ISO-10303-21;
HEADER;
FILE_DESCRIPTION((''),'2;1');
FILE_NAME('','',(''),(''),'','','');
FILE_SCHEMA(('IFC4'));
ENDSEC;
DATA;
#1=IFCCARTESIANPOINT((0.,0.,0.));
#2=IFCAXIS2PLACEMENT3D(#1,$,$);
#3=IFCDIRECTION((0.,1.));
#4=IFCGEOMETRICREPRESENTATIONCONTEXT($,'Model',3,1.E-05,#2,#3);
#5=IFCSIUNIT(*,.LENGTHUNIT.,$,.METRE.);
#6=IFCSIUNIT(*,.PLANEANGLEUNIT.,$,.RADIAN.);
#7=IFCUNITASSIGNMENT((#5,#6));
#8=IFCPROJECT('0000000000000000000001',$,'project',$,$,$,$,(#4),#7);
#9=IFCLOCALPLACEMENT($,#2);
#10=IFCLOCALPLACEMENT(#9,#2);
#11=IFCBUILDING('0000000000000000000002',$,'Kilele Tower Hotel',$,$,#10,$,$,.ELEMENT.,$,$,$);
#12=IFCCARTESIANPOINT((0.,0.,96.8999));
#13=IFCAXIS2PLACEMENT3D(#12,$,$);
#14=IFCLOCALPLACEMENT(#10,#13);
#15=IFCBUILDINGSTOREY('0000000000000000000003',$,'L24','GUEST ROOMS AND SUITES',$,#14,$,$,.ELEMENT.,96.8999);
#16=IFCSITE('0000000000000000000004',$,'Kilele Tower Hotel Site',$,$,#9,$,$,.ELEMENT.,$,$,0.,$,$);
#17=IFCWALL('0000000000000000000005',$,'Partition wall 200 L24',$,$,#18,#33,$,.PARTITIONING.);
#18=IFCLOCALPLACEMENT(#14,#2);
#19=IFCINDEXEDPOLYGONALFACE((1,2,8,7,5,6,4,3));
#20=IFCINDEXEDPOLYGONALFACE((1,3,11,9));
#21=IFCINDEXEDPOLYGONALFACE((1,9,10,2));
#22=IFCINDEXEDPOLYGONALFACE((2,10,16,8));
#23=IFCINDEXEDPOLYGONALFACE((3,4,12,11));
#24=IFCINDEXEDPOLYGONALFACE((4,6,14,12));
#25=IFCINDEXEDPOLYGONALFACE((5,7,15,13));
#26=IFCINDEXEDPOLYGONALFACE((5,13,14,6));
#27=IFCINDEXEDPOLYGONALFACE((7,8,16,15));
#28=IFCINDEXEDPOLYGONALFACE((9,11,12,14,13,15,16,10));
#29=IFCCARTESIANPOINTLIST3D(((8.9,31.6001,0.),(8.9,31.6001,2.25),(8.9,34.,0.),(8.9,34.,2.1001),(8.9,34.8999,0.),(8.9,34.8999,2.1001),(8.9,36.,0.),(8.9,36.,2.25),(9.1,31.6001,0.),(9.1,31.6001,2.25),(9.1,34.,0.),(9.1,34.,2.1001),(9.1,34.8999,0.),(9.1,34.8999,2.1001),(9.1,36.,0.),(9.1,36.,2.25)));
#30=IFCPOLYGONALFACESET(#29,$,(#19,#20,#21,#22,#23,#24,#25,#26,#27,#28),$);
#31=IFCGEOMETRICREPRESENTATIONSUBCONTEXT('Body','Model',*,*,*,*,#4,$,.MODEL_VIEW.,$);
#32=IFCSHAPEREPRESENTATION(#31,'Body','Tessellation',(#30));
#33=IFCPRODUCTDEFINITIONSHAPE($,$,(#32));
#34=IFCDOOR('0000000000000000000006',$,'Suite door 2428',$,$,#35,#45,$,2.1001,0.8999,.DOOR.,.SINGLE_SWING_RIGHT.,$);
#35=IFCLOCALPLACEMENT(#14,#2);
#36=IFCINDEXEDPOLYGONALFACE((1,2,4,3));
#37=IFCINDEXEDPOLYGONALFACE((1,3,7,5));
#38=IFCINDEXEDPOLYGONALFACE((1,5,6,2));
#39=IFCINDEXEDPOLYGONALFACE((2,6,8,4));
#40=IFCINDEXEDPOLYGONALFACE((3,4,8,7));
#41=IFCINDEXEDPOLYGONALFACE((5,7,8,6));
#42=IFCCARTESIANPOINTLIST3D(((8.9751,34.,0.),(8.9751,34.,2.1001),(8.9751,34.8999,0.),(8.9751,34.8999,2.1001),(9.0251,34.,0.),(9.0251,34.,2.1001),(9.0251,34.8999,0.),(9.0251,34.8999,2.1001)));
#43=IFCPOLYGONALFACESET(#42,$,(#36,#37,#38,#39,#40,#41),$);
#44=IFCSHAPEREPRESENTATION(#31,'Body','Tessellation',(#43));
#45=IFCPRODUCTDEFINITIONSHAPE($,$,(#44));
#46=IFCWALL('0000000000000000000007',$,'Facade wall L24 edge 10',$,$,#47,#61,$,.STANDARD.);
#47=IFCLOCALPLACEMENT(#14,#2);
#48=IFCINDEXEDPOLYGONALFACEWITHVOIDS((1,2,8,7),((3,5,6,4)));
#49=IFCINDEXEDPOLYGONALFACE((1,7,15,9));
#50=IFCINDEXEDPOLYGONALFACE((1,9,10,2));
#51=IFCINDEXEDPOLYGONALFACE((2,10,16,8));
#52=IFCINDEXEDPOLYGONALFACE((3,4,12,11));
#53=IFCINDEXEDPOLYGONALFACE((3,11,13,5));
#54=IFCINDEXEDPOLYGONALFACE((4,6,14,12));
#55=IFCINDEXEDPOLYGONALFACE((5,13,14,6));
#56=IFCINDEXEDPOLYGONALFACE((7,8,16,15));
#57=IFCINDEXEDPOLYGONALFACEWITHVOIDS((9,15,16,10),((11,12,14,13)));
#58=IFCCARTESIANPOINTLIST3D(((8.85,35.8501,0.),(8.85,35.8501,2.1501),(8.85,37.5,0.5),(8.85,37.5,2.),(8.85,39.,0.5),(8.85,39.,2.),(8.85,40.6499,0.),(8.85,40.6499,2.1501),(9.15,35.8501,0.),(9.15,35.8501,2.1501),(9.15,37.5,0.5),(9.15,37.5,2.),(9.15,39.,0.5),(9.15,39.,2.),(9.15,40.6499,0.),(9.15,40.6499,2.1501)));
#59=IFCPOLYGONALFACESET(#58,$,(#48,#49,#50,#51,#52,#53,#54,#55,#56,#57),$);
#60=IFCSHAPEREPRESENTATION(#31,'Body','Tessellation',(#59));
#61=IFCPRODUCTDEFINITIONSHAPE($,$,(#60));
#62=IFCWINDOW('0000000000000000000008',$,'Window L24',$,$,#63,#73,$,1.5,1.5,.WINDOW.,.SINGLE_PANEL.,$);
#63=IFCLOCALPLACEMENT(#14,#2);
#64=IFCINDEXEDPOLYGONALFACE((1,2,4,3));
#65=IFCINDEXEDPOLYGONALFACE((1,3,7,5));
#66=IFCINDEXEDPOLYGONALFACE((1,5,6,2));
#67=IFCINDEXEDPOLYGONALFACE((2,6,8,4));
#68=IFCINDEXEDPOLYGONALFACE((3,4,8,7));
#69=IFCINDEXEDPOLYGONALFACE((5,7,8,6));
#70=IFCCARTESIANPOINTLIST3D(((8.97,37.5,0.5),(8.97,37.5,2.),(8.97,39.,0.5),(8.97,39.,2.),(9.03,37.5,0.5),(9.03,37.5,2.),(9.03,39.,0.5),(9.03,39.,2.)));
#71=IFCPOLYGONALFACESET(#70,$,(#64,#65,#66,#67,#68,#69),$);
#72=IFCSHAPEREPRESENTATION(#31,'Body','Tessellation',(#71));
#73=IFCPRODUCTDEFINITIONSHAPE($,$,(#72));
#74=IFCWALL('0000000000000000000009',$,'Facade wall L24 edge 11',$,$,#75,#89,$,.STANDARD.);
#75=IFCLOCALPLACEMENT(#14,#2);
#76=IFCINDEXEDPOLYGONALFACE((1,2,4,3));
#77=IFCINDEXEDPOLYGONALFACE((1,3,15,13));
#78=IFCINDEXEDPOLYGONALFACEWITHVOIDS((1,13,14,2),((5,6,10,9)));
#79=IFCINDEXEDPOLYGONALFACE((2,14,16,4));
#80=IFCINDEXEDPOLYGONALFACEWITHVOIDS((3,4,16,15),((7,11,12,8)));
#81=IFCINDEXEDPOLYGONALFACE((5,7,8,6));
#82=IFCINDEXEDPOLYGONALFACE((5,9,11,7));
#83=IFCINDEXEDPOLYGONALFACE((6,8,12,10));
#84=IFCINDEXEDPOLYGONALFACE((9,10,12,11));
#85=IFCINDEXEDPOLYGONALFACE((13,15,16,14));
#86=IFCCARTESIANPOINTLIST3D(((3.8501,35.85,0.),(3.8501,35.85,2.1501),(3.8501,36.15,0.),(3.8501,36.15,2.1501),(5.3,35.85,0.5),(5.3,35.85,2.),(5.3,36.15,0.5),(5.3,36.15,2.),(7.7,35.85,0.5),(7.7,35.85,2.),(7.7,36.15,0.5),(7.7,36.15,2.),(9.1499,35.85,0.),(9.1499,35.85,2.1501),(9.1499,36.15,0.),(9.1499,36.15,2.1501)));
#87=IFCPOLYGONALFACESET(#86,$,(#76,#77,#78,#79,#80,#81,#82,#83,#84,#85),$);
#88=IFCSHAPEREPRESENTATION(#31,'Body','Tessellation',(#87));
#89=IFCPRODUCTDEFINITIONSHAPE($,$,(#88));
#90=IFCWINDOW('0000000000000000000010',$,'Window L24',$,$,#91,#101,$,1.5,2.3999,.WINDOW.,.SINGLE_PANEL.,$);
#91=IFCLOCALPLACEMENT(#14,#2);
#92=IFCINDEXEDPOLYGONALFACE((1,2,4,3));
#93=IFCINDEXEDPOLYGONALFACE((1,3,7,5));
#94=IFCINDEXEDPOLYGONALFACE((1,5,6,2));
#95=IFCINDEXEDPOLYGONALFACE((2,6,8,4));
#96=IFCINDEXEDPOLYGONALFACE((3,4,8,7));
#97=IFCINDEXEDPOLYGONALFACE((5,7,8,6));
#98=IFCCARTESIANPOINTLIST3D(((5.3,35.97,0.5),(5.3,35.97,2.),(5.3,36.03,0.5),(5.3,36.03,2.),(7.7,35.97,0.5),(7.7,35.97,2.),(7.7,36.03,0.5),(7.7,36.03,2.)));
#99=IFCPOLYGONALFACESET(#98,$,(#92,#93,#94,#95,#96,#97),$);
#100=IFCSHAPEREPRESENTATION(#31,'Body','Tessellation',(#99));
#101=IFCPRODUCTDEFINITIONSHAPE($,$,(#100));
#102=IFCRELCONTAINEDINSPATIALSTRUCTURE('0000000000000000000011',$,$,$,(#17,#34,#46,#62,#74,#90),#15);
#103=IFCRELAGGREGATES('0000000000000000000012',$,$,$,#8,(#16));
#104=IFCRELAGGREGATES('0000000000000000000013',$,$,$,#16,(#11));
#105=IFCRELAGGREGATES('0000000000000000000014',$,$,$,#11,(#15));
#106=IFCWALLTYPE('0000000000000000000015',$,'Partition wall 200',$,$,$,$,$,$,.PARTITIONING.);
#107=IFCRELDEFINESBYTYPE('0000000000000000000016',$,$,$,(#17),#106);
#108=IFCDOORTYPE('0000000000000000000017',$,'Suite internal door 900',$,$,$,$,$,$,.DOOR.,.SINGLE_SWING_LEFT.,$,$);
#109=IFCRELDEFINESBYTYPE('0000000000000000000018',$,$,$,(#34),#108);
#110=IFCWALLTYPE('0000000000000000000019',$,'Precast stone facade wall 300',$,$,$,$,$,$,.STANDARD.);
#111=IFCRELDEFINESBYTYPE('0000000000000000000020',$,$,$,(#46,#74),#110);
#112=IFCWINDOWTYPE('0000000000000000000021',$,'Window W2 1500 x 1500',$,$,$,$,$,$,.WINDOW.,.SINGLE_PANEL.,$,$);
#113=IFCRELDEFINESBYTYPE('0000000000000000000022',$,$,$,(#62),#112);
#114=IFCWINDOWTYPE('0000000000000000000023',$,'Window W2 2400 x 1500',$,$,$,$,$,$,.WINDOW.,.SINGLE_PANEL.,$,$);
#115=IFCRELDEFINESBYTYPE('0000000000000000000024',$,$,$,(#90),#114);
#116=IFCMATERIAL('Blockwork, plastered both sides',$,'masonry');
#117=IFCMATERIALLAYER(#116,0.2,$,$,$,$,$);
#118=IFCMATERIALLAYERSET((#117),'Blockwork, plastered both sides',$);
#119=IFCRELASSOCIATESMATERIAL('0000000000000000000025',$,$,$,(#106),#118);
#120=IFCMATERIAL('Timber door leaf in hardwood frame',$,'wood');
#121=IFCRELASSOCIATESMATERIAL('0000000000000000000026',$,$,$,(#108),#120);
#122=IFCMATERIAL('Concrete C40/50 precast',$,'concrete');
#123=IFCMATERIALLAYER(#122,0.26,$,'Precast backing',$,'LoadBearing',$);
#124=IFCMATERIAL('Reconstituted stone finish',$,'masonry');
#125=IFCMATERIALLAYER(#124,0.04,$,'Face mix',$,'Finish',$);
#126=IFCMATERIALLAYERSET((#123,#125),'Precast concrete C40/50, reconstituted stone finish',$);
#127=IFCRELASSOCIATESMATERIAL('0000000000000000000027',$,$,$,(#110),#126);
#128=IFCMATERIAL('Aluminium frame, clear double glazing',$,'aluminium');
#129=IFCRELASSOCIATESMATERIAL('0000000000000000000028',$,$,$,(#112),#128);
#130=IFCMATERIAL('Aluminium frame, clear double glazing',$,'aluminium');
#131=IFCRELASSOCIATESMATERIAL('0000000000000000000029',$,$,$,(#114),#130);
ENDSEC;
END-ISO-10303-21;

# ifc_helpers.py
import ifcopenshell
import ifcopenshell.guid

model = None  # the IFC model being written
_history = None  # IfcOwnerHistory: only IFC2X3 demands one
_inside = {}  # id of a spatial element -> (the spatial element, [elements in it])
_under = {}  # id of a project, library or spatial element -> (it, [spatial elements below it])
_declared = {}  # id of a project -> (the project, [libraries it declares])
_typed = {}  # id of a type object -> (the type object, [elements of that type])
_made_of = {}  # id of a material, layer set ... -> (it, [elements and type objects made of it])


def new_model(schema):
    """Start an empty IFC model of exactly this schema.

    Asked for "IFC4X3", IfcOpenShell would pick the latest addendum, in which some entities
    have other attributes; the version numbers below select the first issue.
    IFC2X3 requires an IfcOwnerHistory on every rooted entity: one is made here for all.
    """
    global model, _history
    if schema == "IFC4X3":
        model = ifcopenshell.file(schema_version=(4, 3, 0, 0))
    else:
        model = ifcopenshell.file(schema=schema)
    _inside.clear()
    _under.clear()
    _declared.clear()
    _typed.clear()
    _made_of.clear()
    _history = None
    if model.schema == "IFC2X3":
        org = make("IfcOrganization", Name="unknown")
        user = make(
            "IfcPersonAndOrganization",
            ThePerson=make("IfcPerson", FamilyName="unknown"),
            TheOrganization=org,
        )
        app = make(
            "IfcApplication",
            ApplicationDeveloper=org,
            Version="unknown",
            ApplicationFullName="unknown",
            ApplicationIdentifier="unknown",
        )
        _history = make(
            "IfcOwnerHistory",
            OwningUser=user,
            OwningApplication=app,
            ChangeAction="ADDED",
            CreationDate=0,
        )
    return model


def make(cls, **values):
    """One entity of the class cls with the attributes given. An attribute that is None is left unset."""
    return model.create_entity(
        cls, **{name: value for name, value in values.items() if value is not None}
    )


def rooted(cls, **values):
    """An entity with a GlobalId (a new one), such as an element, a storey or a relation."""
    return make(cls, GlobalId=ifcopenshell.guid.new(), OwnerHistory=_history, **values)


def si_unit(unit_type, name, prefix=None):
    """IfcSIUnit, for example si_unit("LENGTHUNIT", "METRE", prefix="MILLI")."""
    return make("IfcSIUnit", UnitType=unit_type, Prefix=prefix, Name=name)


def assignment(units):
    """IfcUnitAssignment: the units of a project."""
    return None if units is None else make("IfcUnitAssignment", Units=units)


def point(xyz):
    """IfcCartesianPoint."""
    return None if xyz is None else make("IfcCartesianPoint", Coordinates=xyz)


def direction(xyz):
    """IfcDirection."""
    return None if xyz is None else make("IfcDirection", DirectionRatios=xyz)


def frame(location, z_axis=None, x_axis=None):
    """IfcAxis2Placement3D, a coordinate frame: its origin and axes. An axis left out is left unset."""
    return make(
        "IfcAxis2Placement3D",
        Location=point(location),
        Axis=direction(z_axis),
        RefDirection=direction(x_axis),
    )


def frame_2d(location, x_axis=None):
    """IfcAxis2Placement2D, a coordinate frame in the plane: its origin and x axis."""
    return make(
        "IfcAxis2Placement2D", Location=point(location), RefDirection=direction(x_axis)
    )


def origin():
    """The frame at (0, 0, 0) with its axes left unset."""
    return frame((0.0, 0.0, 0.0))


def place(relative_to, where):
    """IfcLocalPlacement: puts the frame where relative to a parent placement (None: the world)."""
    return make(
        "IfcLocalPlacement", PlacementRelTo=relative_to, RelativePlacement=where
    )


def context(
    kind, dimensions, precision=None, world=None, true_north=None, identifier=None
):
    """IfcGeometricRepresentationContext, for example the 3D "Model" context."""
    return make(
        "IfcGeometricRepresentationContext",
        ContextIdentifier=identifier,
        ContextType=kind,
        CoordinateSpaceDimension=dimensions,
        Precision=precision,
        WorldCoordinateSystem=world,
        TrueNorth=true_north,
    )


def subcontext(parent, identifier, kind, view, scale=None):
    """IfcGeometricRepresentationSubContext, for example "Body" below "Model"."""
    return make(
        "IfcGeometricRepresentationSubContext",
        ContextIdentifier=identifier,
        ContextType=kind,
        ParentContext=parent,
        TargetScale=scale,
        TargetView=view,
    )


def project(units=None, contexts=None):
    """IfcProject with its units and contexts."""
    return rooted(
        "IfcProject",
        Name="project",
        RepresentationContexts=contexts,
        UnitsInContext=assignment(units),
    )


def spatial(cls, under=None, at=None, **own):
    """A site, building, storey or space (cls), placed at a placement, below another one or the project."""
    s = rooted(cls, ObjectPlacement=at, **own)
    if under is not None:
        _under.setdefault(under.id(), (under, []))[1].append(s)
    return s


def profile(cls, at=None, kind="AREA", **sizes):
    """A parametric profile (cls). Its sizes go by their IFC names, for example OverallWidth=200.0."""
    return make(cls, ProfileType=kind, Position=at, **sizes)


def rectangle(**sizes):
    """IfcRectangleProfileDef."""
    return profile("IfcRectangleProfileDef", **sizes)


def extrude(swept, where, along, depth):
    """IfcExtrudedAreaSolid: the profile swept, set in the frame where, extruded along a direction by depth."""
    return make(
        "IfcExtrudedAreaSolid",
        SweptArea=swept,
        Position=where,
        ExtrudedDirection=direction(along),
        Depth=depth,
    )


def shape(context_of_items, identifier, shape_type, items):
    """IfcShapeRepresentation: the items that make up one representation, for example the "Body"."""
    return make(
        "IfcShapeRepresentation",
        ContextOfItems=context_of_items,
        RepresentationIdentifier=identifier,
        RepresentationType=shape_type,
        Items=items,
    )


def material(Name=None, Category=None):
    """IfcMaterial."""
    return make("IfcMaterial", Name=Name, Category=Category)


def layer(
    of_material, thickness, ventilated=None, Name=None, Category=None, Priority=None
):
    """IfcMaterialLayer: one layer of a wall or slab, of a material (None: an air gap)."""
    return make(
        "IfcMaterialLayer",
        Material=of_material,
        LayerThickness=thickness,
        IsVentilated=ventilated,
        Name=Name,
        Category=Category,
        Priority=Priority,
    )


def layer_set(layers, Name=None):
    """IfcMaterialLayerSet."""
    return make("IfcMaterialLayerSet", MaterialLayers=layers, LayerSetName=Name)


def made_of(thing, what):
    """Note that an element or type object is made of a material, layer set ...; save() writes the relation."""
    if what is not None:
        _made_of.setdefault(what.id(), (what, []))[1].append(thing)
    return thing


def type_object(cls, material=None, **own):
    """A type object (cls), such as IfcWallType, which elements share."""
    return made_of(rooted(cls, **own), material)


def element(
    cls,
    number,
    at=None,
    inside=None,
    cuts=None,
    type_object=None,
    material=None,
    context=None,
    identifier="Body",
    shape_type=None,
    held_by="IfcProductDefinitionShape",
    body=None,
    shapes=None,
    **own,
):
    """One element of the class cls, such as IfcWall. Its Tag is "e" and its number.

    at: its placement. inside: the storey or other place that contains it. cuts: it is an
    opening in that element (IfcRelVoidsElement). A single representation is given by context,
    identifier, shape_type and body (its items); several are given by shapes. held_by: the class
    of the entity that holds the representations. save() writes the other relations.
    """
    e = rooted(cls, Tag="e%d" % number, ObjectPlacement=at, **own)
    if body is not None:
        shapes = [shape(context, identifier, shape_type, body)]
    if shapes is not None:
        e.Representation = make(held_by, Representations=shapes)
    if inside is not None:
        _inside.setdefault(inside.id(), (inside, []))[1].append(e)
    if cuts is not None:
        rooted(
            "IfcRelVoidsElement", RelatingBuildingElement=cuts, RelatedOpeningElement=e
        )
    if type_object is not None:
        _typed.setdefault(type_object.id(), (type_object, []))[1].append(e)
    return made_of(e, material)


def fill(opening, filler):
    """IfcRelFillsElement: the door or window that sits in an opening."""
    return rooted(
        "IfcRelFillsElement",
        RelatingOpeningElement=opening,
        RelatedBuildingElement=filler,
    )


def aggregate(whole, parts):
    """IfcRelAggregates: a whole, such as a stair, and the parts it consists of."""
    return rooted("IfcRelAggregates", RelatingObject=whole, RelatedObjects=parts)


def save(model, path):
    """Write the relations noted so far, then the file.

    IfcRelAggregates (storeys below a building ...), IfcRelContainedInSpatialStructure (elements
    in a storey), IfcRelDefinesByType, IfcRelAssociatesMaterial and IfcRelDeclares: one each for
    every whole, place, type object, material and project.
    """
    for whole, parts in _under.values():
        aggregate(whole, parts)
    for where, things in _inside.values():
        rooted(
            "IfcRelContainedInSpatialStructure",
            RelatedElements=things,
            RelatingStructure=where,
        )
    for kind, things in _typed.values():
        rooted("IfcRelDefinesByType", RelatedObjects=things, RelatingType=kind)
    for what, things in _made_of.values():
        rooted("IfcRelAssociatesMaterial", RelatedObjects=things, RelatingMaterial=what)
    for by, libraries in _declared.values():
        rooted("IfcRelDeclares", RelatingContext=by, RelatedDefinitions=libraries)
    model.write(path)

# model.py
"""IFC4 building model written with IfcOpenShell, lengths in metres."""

from ifc_helpers import new_model, si_unit, direction, frame, frame_2d, origin, place, context, subcontext, project, spatial, rectangle, extrude, material, layer, layer_set, type_object, element, fill, save


model = new_model("IFC4")

# Units and contexts
model_context = context("Model", 3, precision=1e-05, world=origin(), true_north=direction((0.0, 1.0)))
body_context = subcontext(model_context, "Body", "Model", "MODEL_VIEW")
ifc_project = project(units=[si_unit("LENGTHUNIT", "METRE"), si_unit("PLANEANGLEUNIT", "RADIAN")], contexts=[model_context])

# Site, building, storey
site_placement = place(None, origin())
site = spatial("IfcSite", under=ifc_project, at=site_placement, Name="Kilele Tower Hotel Site", CompositionType="ELEMENT", RefElevation=0.0)
building_placement = place(site_placement, origin())
building = spatial("IfcBuilding", under=site, at=building_placement, Name="Kilele Tower Hotel", CompositionType="ELEMENT")
storey_placement = place(building_placement, frame((0.0, 0.0, 96.8999)))
storey = spatial("IfcBuildingStorey", under=building, at=storey_placement, Name="L24", Description="GUEST ROOMS AND SUITES", CompositionType="ELEMENT", Elevation=96.8999)

# Wall, opening, door
ifc_material_1 = material(Name="Blockwork, plastered both sides", Category="masonry")
ifc_layer_1 = layer(ifc_material_1, 0.2)
ifc_layer_set_1 = layer_set([ifc_layer_1], Name="Blockwork, plastered both sides")
wall_type_1 = type_object("IfcWallType", Name="Partition wall 200", PredefinedType="PARTITIONING", material=ifc_layer_set_1)
wall_1_placement = place(storey_placement, frame((9.0, 31.6001, 0.0), z_axis=(0.0, 0.0, 1.0), x_axis=(0.0, 1.0, 0.0)))
wall_1 = element("IfcWall", 1, at=wall_1_placement, inside=storey, type_object=wall_type_1, Name="Partition wall 200 L24", PredefinedType="PARTITIONING", context=body_context, shape_type="SweptSolid", body=[
    extrude(rectangle(XDim=4.3999, YDim=0.2, at=frame_2d((2.2, 0.0))), origin(), (0.0, 0.0, 1.0), 2.25),
])
opening_1_placement = place(wall_1_placement, frame((2.3999, 0.0, 0.0)))
opening_1 = element("IfcOpeningElement", 2, at=opening_1_placement, cuts=wall_1, PredefinedType="OPENING", context=body_context, shape_type="SweptSolid", body=[
    extrude(rectangle(XDim=0.8999, YDim=2.1001, at=frame_2d((0.45, 1.05))), frame((0.0, 0.1099, 0.0), z_axis=(0.0, -1.0, 0.0), x_axis=(1.0, 0.0, 0.0)), (0.0, 0.0, 1.0), 0.22),
])
ifc_material_2 = material(Name="Timber door leaf in hardwood frame", Category="wood")
door_type_1 = type_object("IfcDoorType", Name="Suite internal door 900", OperationType="SINGLE_SWING_LEFT", PredefinedType="DOOR", material=ifc_material_2)
door_1_placement = place(opening_1_placement, origin())
door_1 = element("IfcDoor", 3, at=door_1_placement, inside=storey, type_object=door_type_1, Name="Suite door 2428", OperationType="SINGLE_SWING_RIGHT", OverallHeight=2.1001, OverallWidth=0.8999, PredefinedType="DOOR", context=body_context, shape_type="SweptSolid", body=[
    extrude(rectangle(XDim=0.8999, YDim=2.1001, at=frame_2d((0.45, 1.05))), frame((0.0, 0.0249, 0.0), z_axis=(0.0, -1.0, 0.0), x_axis=(1.0, 0.0, 0.0)), (0.0, 0.0, 1.0), 0.05),
])
fill(opening_1, door_1)

# Walls, openings, windows
ifc_material_3 = material(Name="Concrete C40/50 precast", Category="concrete")
ifc_layer_2 = layer(ifc_material_3, 0.26, Name="Precast backing", Category="LoadBearing")
ifc_material_4 = material(Name="Reconstituted stone finish", Category="masonry")
ifc_layer_3 = layer(ifc_material_4, 0.04, Name="Face mix", Category="Finish")
ifc_layer_set_2 = layer_set([ifc_layer_2, ifc_layer_3], Name="Precast concrete C40/50, reconstituted stone finish")
wall_type_2 = type_object("IfcWallType", Name="Precast stone facade wall 300", PredefinedType="STANDARD", material=ifc_layer_set_2)
wall_2_placement = place(storey_placement, frame((9.0, 40.6499, 0.0), z_axis=(0.0, 0.0, 1.0), x_axis=(0.0, -1.0, 0.0)))
wall_2 = element("IfcWall", 4, at=wall_2_placement, inside=storey, type_object=wall_type_2, Name="Facade wall L24 edge 10", PredefinedType="STANDARD", context=body_context, shape_type="SweptSolid", body=[
    extrude(rectangle(XDim=4.7998, YDim=0.3, at=frame_2d((2.3999, 0.0))), origin(), (0.0, 0.0, 1.0), 2.1501),
])
opening_2_placement = place(wall_2_placement, frame((1.6499, 0.0, 0.5)))
opening_2 = element("IfcOpeningElement", 5, at=opening_2_placement, cuts=wall_2, PredefinedType="OPENING", context=body_context, shape_type="SweptSolid", body=[
    extrude(rectangle(XDim=1.5, YDim=1.5, at=frame_2d((0.75, 0.75))), frame((0.0, 0.1599, 0.0), z_axis=(0.0, -1.0, 0.0), x_axis=(1.0, 0.0, 0.0)), (0.0, 0.0, 1.0), 0.3201),
])
ifc_material_5 = material(Name="Aluminium frame, clear double glazing", Category="aluminium")
window_type_1 = type_object("IfcWindowType", Name="Window W2 1500 x 1500", PartitioningType="SINGLE_PANEL", PredefinedType="WINDOW", material=ifc_material_5)
window_1_placement = place(opening_2_placement, origin())
window_1 = element("IfcWindow", 6, at=window_1_placement, inside=storey, type_object=window_type_1, Name="Window L24", OverallHeight=1.5, OverallWidth=1.5, PartitioningType="SINGLE_PANEL", PredefinedType="WINDOW", context=body_context, shape_type="SweptSolid", body=[
    extrude(rectangle(XDim=1.5, YDim=1.5, at=frame_2d((0.75, 0.75))), frame((0.0, 0.03, 0.0), z_axis=(0.0, -1.0, 0.0), x_axis=(1.0, 0.0, 0.0)), (0.0, 0.0, 1.0), 0.0601),
])
fill(opening_2, window_1)
wall_3_placement = place(storey_placement, frame((9.1499, 36.0, 0.0), z_axis=(0.0, 0.0, 1.0), x_axis=(-1.0, 0.0, 0.0)))
wall_3 = element("IfcWall", 7, at=wall_3_placement, inside=storey, type_object=wall_type_2, Name="Facade wall L24 edge 11", PredefinedType="STANDARD", context=body_context, shape_type="SweptSolid", body=[
    extrude(rectangle(XDim=5.2998, YDim=0.3, at=frame_2d((2.6499, 0.0))), origin(), (0.0, 0.0, 1.0), 2.1501),
])
opening_3_placement = place(wall_3_placement, frame((1.45, 0.0, 0.5)))
opening_3 = element("IfcOpeningElement", 8, at=opening_3_placement, cuts=wall_3, PredefinedType="OPENING", context=body_context, shape_type="SweptSolid", body=[
    extrude(rectangle(XDim=2.3999, YDim=1.5, at=frame_2d((1.2, 0.75))), frame((0.0, 0.1599, 0.0), z_axis=(0.0, -1.0, 0.0), x_axis=(1.0, 0.0, 0.0)), (0.0, 0.0, 1.0), 0.3201),
])
ifc_material_6 = material(Name="Aluminium frame, clear double glazing", Category="aluminium")
window_type_2 = type_object("IfcWindowType", Name="Window W2 2400 x 1500", PartitioningType="SINGLE_PANEL", PredefinedType="WINDOW", material=ifc_material_6)
window_2_placement = place(opening_3_placement, origin())
window_2 = element("IfcWindow", 9, at=window_2_placement, inside=storey, type_object=window_type_2, Name="Window L24", OverallHeight=1.5, OverallWidth=2.3999, PartitioningType="SINGLE_PANEL", PredefinedType="WINDOW", context=body_context, shape_type="SweptSolid", body=[
    extrude(rectangle(XDim=2.3999, YDim=1.5, at=frame_2d((1.2, 0.75))), frame((0.0, 0.03, 0.0), z_axis=(0.0, -1.0, 0.0), x_axis=(1.0, 0.0, 0.0)), (0.0, 0.0, 1.0), 0.0601),
])
fill(opening_3, window_2)

save(model, "model.ifc")
